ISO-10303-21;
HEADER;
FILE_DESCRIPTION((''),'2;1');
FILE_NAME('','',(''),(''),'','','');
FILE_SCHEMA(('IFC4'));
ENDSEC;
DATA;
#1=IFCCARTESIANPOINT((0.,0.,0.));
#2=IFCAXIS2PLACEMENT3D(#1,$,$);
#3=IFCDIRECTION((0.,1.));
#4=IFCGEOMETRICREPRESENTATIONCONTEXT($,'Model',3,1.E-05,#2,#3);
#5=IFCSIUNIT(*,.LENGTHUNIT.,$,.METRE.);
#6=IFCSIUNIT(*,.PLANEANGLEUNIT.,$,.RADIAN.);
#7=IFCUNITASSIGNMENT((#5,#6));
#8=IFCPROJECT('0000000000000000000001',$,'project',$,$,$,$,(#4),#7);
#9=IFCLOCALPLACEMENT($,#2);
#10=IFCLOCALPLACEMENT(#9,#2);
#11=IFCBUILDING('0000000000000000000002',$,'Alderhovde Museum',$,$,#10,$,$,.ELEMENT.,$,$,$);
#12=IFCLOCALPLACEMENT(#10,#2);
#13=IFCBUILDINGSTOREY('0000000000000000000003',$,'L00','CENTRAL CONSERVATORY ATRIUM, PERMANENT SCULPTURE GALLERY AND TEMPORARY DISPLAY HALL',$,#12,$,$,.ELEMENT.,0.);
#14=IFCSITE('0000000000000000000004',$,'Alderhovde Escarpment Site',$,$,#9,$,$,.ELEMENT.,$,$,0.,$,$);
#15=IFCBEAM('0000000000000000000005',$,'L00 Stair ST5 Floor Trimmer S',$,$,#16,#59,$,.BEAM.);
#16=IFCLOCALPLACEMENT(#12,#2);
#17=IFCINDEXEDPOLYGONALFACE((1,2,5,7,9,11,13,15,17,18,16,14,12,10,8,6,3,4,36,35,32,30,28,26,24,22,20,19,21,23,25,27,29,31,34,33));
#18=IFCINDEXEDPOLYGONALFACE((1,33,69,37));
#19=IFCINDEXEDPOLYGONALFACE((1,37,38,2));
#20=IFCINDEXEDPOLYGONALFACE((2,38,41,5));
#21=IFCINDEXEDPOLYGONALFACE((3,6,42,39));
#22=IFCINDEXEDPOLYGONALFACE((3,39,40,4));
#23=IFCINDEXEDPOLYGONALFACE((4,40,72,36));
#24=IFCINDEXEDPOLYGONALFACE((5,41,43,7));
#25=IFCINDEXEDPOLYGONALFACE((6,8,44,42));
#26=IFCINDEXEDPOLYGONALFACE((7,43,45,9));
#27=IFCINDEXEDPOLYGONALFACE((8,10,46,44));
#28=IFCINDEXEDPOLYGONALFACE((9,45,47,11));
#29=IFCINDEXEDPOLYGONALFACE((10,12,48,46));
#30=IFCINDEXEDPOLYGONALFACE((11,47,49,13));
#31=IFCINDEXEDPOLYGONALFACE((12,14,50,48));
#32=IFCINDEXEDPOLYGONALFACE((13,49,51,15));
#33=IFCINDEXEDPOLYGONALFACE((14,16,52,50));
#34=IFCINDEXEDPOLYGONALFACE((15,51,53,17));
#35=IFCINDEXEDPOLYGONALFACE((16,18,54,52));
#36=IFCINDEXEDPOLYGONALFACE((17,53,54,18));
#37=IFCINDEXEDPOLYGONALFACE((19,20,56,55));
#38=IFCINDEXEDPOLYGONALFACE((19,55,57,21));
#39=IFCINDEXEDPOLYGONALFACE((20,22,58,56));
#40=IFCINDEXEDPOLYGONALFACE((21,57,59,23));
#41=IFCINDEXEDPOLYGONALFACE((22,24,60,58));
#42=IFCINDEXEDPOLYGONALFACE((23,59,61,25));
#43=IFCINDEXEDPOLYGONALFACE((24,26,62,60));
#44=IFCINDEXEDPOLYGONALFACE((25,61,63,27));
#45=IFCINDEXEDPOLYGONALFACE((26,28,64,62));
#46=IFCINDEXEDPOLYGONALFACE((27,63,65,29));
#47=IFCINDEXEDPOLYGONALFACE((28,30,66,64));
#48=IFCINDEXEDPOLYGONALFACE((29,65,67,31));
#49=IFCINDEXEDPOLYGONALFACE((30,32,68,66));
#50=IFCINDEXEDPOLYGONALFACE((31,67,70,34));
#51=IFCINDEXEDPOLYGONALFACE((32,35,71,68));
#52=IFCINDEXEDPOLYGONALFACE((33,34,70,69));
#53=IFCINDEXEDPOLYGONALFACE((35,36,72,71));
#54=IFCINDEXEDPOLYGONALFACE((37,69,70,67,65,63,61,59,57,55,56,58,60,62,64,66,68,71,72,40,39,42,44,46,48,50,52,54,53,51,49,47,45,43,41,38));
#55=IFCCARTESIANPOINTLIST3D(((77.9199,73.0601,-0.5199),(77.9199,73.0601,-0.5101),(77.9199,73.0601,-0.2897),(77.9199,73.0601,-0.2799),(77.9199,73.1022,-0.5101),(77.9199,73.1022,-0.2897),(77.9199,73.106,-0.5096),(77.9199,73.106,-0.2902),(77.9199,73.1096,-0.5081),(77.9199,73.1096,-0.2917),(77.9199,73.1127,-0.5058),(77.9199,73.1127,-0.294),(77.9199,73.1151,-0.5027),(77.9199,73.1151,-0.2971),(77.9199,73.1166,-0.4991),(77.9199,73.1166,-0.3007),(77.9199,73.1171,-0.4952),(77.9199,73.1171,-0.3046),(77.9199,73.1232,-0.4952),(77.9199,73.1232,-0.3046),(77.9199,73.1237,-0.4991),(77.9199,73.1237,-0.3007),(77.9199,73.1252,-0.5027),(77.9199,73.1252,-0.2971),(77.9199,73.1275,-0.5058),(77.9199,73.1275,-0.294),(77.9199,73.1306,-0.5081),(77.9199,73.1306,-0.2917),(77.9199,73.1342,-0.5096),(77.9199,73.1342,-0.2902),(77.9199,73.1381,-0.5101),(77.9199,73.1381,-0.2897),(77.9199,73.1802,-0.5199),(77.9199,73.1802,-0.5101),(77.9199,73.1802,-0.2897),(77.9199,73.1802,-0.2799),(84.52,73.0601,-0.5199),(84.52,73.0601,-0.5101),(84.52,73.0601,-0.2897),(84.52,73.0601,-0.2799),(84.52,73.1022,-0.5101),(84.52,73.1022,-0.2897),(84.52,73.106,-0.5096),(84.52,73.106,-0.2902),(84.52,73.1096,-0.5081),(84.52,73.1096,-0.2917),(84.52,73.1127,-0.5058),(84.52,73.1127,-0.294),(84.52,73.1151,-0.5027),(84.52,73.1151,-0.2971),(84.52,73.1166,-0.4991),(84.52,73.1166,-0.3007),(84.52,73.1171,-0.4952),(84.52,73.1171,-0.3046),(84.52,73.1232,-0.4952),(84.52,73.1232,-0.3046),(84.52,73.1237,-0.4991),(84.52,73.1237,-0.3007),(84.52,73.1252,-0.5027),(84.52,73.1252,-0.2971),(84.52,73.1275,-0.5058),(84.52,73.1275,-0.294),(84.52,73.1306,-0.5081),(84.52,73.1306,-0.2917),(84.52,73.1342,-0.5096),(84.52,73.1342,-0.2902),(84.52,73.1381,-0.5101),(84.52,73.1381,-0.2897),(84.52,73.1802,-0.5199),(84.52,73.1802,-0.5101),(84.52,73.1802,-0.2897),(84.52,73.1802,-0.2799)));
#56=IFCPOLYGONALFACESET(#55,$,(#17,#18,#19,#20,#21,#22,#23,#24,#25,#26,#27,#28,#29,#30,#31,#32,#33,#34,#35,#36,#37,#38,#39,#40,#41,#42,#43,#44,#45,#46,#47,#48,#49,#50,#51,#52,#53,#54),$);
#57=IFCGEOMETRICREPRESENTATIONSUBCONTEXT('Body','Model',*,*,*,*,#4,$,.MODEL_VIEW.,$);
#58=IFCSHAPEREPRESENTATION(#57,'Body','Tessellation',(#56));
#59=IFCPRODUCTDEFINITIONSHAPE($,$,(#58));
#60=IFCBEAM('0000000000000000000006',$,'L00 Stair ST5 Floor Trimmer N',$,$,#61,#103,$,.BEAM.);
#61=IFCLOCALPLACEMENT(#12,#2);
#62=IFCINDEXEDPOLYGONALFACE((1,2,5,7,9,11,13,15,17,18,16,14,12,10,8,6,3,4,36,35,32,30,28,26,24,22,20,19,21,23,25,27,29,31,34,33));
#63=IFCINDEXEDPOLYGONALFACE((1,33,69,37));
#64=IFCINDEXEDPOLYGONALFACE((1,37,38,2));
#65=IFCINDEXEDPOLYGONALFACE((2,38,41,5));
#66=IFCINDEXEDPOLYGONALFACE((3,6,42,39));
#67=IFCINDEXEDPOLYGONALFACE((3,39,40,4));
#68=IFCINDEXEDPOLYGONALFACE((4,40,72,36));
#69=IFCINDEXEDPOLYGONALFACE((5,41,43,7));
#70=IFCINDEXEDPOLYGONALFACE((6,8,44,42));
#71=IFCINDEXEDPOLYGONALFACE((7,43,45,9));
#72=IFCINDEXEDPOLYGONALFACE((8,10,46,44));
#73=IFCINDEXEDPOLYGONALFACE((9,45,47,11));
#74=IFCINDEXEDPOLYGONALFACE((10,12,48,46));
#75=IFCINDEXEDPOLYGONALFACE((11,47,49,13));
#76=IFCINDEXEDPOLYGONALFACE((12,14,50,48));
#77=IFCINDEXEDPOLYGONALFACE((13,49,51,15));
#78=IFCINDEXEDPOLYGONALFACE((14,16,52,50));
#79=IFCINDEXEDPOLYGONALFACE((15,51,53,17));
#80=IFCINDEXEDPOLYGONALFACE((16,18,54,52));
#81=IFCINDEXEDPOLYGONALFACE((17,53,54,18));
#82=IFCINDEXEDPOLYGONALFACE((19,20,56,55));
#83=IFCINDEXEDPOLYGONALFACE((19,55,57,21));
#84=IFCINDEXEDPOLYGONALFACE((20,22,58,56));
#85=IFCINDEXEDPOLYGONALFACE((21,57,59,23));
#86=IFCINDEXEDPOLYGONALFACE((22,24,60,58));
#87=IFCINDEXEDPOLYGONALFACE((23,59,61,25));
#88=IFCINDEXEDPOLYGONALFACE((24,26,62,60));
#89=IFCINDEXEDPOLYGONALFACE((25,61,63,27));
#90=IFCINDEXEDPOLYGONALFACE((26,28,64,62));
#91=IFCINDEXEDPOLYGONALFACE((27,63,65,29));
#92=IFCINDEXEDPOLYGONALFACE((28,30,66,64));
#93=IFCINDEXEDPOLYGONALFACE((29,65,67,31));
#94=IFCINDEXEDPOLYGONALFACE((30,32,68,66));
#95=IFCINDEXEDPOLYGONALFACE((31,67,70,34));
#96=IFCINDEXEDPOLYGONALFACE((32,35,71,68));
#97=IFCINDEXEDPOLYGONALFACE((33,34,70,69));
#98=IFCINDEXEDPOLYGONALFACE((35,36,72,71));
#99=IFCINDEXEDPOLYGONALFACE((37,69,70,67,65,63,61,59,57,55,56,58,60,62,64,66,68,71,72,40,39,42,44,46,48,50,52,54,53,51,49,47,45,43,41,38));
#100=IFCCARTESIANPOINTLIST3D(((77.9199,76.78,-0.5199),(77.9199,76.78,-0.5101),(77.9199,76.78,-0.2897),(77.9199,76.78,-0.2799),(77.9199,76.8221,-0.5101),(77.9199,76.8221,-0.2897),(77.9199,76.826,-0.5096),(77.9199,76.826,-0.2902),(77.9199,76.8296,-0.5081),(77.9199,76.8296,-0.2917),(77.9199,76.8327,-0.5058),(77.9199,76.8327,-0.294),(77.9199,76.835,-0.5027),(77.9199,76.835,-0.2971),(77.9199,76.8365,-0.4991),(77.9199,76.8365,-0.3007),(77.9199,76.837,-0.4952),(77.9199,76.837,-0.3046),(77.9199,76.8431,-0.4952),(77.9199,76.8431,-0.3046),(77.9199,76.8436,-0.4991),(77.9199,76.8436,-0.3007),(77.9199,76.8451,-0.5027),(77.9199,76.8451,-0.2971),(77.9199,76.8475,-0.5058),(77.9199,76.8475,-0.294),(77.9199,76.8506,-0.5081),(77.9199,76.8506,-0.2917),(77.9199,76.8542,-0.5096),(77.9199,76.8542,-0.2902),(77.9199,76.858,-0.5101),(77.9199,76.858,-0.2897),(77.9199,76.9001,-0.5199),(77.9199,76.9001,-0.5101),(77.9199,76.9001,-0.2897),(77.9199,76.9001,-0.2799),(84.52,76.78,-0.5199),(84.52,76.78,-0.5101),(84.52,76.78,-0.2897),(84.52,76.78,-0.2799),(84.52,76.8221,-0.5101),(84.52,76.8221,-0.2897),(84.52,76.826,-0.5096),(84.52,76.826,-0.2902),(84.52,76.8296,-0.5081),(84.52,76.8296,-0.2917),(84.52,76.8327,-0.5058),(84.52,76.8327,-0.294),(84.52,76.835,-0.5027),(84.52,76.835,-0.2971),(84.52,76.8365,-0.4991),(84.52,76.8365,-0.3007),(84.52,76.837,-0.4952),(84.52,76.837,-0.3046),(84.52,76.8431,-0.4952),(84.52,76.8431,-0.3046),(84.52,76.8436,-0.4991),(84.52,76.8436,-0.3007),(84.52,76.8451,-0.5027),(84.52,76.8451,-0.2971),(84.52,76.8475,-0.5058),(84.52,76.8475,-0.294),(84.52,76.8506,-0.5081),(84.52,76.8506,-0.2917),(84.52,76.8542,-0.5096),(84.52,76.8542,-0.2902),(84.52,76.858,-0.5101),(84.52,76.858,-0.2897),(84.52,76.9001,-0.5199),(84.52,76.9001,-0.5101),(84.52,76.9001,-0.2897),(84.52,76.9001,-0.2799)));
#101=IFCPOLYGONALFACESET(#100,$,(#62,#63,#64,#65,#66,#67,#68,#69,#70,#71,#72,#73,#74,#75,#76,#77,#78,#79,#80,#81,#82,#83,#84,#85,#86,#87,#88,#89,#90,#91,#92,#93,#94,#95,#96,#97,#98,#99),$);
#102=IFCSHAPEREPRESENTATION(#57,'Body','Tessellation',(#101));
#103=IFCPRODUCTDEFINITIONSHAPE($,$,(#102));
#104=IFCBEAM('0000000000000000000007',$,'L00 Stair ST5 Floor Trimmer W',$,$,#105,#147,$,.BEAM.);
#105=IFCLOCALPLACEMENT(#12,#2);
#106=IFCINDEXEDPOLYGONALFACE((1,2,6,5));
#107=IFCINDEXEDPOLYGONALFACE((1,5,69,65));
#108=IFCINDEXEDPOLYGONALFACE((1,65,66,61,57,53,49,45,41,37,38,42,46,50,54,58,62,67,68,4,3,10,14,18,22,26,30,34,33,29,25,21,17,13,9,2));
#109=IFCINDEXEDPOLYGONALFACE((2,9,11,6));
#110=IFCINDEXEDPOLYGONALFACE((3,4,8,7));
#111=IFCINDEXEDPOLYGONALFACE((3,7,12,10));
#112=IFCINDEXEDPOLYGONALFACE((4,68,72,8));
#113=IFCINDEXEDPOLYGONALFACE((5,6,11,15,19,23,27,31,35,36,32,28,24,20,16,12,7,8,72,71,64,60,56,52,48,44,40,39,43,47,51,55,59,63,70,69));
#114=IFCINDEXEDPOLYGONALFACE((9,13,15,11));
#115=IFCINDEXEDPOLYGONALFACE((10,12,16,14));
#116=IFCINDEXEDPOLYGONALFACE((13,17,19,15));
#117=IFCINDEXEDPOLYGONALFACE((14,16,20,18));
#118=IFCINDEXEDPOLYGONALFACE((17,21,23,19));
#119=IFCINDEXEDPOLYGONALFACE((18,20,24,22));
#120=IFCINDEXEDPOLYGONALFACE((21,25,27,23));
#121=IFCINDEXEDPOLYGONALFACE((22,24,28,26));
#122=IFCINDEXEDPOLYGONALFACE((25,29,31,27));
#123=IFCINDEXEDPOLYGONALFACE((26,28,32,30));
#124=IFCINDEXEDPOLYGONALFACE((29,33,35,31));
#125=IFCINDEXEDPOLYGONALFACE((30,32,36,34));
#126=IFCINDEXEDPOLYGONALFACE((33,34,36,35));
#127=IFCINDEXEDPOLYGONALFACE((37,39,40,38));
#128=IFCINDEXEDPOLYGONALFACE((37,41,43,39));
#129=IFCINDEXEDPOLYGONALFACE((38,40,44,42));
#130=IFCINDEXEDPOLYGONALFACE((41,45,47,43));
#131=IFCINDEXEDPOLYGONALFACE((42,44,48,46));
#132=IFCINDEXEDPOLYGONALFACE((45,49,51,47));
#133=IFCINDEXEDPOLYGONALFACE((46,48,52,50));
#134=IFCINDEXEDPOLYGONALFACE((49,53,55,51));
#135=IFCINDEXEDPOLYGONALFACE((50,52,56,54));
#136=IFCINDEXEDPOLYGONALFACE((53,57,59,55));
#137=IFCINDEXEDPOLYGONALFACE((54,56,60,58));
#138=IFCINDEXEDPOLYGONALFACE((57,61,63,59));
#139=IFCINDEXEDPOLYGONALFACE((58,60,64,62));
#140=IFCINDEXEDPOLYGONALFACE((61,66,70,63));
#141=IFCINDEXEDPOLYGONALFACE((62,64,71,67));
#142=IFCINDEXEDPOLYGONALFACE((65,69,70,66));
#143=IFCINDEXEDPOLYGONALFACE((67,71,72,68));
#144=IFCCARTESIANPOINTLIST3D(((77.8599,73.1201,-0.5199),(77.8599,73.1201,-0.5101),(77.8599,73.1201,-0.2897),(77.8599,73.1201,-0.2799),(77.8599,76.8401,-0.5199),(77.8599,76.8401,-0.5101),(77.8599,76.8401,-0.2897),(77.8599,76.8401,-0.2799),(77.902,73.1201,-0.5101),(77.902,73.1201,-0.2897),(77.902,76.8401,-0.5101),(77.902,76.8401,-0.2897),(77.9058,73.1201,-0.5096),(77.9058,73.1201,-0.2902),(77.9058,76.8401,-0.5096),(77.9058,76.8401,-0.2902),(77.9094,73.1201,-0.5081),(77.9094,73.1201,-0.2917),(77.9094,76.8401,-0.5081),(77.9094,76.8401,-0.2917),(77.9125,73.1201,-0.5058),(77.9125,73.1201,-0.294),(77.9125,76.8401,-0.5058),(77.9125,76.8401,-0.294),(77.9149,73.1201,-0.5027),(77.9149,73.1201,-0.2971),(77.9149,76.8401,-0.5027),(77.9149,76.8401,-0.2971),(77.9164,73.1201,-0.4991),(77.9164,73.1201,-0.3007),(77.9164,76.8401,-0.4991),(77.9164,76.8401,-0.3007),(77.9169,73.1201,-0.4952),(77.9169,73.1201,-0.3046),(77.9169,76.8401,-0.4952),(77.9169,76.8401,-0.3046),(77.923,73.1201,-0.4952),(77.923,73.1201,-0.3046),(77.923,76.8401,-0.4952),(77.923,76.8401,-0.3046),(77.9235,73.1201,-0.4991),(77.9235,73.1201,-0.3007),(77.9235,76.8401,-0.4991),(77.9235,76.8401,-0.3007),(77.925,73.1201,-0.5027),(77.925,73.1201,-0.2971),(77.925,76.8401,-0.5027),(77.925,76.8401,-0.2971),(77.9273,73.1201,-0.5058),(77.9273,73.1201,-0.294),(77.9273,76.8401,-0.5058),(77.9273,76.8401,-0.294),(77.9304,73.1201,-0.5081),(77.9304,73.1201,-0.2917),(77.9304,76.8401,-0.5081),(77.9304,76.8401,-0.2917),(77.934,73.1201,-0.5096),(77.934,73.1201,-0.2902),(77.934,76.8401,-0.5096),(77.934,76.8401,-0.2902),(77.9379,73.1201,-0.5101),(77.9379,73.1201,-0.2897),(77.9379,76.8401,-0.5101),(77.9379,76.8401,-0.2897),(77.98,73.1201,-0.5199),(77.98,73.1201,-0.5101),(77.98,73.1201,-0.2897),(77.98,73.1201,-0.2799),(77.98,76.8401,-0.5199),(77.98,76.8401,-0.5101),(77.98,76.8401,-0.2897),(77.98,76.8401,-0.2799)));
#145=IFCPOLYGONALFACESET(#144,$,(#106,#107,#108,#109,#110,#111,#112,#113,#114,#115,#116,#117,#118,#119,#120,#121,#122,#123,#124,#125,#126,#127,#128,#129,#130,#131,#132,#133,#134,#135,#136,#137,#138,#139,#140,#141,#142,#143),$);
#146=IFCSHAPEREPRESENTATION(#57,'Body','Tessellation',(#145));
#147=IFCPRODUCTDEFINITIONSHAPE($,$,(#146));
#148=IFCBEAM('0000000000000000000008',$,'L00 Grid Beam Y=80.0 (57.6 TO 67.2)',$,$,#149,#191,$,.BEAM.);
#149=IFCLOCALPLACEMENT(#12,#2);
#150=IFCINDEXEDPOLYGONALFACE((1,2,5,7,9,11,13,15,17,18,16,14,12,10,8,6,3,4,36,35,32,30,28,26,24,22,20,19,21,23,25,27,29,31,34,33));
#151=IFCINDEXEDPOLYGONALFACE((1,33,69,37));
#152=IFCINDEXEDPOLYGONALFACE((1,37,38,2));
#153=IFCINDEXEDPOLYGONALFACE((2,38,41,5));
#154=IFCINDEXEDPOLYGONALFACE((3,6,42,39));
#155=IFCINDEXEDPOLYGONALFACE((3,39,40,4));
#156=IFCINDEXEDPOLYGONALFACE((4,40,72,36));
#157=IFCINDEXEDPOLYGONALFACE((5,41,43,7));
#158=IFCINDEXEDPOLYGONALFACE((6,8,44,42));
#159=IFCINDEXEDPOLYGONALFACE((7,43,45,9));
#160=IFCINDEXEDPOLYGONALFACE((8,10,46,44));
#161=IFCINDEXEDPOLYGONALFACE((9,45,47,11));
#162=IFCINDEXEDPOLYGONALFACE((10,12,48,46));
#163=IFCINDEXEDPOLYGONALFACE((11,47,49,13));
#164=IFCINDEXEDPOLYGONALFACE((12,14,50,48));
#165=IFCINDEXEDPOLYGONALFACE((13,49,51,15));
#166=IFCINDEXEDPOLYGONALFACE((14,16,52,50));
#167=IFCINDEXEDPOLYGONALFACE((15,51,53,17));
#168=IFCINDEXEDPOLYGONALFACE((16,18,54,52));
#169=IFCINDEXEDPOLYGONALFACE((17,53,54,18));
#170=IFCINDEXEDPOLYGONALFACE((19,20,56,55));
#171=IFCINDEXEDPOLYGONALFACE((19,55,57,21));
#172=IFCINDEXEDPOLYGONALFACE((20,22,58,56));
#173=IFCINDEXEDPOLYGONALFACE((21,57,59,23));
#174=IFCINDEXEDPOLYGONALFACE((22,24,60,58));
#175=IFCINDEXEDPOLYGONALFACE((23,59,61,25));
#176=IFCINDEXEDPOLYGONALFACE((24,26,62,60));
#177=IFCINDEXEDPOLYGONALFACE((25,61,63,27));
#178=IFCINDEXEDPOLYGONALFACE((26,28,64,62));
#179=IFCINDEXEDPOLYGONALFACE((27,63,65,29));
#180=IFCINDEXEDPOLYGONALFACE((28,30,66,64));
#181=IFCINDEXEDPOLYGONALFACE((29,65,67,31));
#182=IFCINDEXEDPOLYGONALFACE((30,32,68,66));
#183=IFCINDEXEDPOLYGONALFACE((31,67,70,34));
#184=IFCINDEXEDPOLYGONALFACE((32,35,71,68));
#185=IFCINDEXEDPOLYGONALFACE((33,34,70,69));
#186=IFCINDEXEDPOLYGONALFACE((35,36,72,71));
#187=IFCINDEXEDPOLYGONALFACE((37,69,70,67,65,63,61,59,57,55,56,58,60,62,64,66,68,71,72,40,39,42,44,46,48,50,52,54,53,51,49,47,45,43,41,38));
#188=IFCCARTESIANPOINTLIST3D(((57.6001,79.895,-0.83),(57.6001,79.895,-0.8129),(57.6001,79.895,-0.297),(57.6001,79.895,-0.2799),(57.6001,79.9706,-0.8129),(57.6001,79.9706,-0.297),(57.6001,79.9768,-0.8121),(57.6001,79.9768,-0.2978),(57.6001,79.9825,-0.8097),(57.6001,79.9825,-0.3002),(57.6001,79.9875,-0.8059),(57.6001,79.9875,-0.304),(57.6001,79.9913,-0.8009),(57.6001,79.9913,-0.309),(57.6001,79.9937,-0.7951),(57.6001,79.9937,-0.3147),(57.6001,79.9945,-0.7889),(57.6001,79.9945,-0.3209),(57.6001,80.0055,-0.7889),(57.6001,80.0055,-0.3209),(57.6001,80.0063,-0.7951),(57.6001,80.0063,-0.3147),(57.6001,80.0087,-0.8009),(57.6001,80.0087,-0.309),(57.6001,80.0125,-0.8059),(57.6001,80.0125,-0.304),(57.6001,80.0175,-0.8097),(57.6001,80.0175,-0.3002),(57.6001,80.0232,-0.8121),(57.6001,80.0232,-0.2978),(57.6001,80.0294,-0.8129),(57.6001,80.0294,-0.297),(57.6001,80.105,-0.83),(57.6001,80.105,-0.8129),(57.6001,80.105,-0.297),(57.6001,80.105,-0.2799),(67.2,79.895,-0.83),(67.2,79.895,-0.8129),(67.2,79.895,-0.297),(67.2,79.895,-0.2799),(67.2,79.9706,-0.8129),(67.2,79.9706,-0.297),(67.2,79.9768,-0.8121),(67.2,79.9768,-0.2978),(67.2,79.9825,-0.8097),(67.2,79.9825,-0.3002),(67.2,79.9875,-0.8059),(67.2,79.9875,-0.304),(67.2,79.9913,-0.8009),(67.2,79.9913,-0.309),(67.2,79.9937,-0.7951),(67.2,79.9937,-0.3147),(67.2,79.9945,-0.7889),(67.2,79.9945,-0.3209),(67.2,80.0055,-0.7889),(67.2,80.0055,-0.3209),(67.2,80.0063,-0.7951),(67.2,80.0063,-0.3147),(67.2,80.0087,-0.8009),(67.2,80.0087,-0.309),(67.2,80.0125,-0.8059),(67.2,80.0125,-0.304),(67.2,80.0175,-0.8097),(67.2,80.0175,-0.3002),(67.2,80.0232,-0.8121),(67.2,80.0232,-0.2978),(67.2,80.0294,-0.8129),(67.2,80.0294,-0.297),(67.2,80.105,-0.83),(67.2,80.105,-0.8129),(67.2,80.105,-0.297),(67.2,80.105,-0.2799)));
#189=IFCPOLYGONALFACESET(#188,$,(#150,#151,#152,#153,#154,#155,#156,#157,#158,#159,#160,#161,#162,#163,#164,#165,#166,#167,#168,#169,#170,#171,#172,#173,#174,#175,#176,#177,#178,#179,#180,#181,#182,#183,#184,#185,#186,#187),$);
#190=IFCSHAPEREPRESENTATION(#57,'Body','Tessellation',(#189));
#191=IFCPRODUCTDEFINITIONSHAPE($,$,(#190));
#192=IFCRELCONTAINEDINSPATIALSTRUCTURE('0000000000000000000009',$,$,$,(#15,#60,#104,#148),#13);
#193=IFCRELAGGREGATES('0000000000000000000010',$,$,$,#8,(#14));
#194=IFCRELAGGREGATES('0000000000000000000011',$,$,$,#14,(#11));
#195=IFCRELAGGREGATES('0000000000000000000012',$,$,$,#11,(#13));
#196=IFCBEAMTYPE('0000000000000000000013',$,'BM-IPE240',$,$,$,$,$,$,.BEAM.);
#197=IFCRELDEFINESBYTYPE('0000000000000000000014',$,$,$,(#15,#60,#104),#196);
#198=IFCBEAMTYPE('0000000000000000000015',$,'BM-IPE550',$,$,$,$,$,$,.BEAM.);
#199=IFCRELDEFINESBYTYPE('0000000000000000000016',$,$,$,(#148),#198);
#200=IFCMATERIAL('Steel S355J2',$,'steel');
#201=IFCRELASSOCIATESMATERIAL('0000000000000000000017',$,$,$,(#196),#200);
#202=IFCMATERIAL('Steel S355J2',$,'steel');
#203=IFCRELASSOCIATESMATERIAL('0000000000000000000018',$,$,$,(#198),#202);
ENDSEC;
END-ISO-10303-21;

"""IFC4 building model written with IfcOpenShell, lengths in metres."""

from ifc_helpers import new_model, si_unit, direction, frame, origin, origin_2d, place, context, subcontext, project, spatial, i_section, extrude, material, material_profile, profile_set, type_object, element, save


model = new_model("IFC4")

# Units and contexts
model_context = context("Model", 3, precision=1e-05, world=origin(), true_north=direction((0.0, 1.0)))
body_context = subcontext(model_context, "Body", "Model", "MODEL_VIEW")
ifc_project = project(units=[si_unit("LENGTHUNIT", "METRE"), si_unit("PLANEANGLEUNIT", "RADIAN")], contexts=[model_context])

# Site, building, storey
site_placement = place(None, origin())
site = spatial("IfcSite", under=ifc_project, at=site_placement, Name="Alderhovde Escarpment Site", CompositionType="ELEMENT", RefElevation=0.0)
building_placement = place(site_placement, origin())
building = spatial("IfcBuilding", under=site, at=building_placement, Name="Alderhovde Museum", CompositionType="ELEMENT")
storey_placement = place(building_placement, origin())
storey = spatial("IfcBuildingStorey", under=building, at=storey_placement, Name="L00", Description="CENTRAL CONSERVATORY ATRIUM, PERMANENT SCULPTURE GALLERY AND TEMPORARY DISPLAY HALL", CompositionType="ELEMENT", Elevation=0.0)

# Beams
ifc_material_1 = material(Name="Steel S355J2", Category="steel")
ifc_material_profile_1 = material_profile(ifc_material_1, i_section(OverallWidth=0.1201, OverallDepth=0.24, WebThickness=0.0061, FlangeThickness=0.0098, FilletRadius=0.0149, at=origin_2d()), Name="IPE 240")
ifc_profile_set_1 = profile_set([ifc_material_profile_1], Name="Steel S355J2")
beam_type_1 = type_object("IfcBeamType", Name="BM-IPE240", PredefinedType="BEAM", material=ifc_profile_set_1)
for number, where, z_axis, x_axis, name in (
    (1, (77.9199, 73.1201, -0.3999), (1.0, 0.0, 0.0), (0.0, 1.0, 0.0), "L00 Stair ST5 Floor Trimmer S"),
    (2, (77.9199, 76.8401, -0.3999), (1.0, 0.0, 0.0), (0.0, 1.0, 0.0), "L00 Stair ST5 Floor Trimmer N"),
):
    element("IfcBeam", number, at=place(storey_placement, frame(where, z_axis=z_axis, x_axis=x_axis)), inside=storey, type_object=beam_type_1, Name=name, PredefinedType="BEAM", context=body_context, shape_type="SweptSolid", body=[
        extrude(i_section(OverallWidth=0.1201, OverallDepth=0.24, WebThickness=0.0061, FlangeThickness=0.0098, FilletRadius=0.0149, at=origin_2d()), origin(), (0.0, 0.0, 1.0), 6.6001),
    ])
beam_1_placement = place(storey_placement, frame((77.9199, 73.1201, -0.3999), z_axis=(0.0, 1.0, 0.0), x_axis=(-1.0, 0.0, 0.0)))
element("IfcBeam", 3, at=beam_1_placement, inside=storey, type_object=beam_type_1, Name="L00 Stair ST5 Floor Trimmer W", PredefinedType="BEAM", context=body_context, shape_type="SweptSolid", body=[
    extrude(i_section(OverallWidth=0.1201, OverallDepth=0.24, WebThickness=0.0061, FlangeThickness=0.0098, FilletRadius=0.0149, at=origin_2d()), origin(), (0.0, 0.0, 1.0), 3.72),
])
ifc_material_2 = material(Name="Steel S355J2", Category="steel")
ifc_material_profile_2 = material_profile(ifc_material_2, i_section(OverallWidth=0.21, OverallDepth=0.55, WebThickness=0.011, FlangeThickness=0.0171, FilletRadius=0.0239, at=origin_2d()), Name="IPE 550")
ifc_profile_set_2 = profile_set([ifc_material_profile_2], Name="Steel S355J2")
beam_type_2 = type_object("IfcBeamType", Name="BM-IPE550", PredefinedType="BEAM", material=ifc_profile_set_2)
beam_2_placement = place(storey_placement, frame((57.6001, 80.0, -0.5549), z_axis=(1.0, 0.0, 0.0), x_axis=(0.0, 1.0, 0.0)))
element("IfcBeam", 4, at=beam_2_placement, inside=storey, type_object=beam_type_2, Name="L00 Grid Beam Y=80.0 (57.6 TO 67.2)", PredefinedType="BEAM", context=body_context, shape_type="SweptSolid", body=[
    extrude(i_section(OverallWidth=0.21, OverallDepth=0.55, WebThickness=0.011, FlangeThickness=0.0171, FilletRadius=0.0239, at=origin_2d()), origin(), (0.0, 0.0, 1.0), 9.5999),
])

save(model, "model.ifc")
